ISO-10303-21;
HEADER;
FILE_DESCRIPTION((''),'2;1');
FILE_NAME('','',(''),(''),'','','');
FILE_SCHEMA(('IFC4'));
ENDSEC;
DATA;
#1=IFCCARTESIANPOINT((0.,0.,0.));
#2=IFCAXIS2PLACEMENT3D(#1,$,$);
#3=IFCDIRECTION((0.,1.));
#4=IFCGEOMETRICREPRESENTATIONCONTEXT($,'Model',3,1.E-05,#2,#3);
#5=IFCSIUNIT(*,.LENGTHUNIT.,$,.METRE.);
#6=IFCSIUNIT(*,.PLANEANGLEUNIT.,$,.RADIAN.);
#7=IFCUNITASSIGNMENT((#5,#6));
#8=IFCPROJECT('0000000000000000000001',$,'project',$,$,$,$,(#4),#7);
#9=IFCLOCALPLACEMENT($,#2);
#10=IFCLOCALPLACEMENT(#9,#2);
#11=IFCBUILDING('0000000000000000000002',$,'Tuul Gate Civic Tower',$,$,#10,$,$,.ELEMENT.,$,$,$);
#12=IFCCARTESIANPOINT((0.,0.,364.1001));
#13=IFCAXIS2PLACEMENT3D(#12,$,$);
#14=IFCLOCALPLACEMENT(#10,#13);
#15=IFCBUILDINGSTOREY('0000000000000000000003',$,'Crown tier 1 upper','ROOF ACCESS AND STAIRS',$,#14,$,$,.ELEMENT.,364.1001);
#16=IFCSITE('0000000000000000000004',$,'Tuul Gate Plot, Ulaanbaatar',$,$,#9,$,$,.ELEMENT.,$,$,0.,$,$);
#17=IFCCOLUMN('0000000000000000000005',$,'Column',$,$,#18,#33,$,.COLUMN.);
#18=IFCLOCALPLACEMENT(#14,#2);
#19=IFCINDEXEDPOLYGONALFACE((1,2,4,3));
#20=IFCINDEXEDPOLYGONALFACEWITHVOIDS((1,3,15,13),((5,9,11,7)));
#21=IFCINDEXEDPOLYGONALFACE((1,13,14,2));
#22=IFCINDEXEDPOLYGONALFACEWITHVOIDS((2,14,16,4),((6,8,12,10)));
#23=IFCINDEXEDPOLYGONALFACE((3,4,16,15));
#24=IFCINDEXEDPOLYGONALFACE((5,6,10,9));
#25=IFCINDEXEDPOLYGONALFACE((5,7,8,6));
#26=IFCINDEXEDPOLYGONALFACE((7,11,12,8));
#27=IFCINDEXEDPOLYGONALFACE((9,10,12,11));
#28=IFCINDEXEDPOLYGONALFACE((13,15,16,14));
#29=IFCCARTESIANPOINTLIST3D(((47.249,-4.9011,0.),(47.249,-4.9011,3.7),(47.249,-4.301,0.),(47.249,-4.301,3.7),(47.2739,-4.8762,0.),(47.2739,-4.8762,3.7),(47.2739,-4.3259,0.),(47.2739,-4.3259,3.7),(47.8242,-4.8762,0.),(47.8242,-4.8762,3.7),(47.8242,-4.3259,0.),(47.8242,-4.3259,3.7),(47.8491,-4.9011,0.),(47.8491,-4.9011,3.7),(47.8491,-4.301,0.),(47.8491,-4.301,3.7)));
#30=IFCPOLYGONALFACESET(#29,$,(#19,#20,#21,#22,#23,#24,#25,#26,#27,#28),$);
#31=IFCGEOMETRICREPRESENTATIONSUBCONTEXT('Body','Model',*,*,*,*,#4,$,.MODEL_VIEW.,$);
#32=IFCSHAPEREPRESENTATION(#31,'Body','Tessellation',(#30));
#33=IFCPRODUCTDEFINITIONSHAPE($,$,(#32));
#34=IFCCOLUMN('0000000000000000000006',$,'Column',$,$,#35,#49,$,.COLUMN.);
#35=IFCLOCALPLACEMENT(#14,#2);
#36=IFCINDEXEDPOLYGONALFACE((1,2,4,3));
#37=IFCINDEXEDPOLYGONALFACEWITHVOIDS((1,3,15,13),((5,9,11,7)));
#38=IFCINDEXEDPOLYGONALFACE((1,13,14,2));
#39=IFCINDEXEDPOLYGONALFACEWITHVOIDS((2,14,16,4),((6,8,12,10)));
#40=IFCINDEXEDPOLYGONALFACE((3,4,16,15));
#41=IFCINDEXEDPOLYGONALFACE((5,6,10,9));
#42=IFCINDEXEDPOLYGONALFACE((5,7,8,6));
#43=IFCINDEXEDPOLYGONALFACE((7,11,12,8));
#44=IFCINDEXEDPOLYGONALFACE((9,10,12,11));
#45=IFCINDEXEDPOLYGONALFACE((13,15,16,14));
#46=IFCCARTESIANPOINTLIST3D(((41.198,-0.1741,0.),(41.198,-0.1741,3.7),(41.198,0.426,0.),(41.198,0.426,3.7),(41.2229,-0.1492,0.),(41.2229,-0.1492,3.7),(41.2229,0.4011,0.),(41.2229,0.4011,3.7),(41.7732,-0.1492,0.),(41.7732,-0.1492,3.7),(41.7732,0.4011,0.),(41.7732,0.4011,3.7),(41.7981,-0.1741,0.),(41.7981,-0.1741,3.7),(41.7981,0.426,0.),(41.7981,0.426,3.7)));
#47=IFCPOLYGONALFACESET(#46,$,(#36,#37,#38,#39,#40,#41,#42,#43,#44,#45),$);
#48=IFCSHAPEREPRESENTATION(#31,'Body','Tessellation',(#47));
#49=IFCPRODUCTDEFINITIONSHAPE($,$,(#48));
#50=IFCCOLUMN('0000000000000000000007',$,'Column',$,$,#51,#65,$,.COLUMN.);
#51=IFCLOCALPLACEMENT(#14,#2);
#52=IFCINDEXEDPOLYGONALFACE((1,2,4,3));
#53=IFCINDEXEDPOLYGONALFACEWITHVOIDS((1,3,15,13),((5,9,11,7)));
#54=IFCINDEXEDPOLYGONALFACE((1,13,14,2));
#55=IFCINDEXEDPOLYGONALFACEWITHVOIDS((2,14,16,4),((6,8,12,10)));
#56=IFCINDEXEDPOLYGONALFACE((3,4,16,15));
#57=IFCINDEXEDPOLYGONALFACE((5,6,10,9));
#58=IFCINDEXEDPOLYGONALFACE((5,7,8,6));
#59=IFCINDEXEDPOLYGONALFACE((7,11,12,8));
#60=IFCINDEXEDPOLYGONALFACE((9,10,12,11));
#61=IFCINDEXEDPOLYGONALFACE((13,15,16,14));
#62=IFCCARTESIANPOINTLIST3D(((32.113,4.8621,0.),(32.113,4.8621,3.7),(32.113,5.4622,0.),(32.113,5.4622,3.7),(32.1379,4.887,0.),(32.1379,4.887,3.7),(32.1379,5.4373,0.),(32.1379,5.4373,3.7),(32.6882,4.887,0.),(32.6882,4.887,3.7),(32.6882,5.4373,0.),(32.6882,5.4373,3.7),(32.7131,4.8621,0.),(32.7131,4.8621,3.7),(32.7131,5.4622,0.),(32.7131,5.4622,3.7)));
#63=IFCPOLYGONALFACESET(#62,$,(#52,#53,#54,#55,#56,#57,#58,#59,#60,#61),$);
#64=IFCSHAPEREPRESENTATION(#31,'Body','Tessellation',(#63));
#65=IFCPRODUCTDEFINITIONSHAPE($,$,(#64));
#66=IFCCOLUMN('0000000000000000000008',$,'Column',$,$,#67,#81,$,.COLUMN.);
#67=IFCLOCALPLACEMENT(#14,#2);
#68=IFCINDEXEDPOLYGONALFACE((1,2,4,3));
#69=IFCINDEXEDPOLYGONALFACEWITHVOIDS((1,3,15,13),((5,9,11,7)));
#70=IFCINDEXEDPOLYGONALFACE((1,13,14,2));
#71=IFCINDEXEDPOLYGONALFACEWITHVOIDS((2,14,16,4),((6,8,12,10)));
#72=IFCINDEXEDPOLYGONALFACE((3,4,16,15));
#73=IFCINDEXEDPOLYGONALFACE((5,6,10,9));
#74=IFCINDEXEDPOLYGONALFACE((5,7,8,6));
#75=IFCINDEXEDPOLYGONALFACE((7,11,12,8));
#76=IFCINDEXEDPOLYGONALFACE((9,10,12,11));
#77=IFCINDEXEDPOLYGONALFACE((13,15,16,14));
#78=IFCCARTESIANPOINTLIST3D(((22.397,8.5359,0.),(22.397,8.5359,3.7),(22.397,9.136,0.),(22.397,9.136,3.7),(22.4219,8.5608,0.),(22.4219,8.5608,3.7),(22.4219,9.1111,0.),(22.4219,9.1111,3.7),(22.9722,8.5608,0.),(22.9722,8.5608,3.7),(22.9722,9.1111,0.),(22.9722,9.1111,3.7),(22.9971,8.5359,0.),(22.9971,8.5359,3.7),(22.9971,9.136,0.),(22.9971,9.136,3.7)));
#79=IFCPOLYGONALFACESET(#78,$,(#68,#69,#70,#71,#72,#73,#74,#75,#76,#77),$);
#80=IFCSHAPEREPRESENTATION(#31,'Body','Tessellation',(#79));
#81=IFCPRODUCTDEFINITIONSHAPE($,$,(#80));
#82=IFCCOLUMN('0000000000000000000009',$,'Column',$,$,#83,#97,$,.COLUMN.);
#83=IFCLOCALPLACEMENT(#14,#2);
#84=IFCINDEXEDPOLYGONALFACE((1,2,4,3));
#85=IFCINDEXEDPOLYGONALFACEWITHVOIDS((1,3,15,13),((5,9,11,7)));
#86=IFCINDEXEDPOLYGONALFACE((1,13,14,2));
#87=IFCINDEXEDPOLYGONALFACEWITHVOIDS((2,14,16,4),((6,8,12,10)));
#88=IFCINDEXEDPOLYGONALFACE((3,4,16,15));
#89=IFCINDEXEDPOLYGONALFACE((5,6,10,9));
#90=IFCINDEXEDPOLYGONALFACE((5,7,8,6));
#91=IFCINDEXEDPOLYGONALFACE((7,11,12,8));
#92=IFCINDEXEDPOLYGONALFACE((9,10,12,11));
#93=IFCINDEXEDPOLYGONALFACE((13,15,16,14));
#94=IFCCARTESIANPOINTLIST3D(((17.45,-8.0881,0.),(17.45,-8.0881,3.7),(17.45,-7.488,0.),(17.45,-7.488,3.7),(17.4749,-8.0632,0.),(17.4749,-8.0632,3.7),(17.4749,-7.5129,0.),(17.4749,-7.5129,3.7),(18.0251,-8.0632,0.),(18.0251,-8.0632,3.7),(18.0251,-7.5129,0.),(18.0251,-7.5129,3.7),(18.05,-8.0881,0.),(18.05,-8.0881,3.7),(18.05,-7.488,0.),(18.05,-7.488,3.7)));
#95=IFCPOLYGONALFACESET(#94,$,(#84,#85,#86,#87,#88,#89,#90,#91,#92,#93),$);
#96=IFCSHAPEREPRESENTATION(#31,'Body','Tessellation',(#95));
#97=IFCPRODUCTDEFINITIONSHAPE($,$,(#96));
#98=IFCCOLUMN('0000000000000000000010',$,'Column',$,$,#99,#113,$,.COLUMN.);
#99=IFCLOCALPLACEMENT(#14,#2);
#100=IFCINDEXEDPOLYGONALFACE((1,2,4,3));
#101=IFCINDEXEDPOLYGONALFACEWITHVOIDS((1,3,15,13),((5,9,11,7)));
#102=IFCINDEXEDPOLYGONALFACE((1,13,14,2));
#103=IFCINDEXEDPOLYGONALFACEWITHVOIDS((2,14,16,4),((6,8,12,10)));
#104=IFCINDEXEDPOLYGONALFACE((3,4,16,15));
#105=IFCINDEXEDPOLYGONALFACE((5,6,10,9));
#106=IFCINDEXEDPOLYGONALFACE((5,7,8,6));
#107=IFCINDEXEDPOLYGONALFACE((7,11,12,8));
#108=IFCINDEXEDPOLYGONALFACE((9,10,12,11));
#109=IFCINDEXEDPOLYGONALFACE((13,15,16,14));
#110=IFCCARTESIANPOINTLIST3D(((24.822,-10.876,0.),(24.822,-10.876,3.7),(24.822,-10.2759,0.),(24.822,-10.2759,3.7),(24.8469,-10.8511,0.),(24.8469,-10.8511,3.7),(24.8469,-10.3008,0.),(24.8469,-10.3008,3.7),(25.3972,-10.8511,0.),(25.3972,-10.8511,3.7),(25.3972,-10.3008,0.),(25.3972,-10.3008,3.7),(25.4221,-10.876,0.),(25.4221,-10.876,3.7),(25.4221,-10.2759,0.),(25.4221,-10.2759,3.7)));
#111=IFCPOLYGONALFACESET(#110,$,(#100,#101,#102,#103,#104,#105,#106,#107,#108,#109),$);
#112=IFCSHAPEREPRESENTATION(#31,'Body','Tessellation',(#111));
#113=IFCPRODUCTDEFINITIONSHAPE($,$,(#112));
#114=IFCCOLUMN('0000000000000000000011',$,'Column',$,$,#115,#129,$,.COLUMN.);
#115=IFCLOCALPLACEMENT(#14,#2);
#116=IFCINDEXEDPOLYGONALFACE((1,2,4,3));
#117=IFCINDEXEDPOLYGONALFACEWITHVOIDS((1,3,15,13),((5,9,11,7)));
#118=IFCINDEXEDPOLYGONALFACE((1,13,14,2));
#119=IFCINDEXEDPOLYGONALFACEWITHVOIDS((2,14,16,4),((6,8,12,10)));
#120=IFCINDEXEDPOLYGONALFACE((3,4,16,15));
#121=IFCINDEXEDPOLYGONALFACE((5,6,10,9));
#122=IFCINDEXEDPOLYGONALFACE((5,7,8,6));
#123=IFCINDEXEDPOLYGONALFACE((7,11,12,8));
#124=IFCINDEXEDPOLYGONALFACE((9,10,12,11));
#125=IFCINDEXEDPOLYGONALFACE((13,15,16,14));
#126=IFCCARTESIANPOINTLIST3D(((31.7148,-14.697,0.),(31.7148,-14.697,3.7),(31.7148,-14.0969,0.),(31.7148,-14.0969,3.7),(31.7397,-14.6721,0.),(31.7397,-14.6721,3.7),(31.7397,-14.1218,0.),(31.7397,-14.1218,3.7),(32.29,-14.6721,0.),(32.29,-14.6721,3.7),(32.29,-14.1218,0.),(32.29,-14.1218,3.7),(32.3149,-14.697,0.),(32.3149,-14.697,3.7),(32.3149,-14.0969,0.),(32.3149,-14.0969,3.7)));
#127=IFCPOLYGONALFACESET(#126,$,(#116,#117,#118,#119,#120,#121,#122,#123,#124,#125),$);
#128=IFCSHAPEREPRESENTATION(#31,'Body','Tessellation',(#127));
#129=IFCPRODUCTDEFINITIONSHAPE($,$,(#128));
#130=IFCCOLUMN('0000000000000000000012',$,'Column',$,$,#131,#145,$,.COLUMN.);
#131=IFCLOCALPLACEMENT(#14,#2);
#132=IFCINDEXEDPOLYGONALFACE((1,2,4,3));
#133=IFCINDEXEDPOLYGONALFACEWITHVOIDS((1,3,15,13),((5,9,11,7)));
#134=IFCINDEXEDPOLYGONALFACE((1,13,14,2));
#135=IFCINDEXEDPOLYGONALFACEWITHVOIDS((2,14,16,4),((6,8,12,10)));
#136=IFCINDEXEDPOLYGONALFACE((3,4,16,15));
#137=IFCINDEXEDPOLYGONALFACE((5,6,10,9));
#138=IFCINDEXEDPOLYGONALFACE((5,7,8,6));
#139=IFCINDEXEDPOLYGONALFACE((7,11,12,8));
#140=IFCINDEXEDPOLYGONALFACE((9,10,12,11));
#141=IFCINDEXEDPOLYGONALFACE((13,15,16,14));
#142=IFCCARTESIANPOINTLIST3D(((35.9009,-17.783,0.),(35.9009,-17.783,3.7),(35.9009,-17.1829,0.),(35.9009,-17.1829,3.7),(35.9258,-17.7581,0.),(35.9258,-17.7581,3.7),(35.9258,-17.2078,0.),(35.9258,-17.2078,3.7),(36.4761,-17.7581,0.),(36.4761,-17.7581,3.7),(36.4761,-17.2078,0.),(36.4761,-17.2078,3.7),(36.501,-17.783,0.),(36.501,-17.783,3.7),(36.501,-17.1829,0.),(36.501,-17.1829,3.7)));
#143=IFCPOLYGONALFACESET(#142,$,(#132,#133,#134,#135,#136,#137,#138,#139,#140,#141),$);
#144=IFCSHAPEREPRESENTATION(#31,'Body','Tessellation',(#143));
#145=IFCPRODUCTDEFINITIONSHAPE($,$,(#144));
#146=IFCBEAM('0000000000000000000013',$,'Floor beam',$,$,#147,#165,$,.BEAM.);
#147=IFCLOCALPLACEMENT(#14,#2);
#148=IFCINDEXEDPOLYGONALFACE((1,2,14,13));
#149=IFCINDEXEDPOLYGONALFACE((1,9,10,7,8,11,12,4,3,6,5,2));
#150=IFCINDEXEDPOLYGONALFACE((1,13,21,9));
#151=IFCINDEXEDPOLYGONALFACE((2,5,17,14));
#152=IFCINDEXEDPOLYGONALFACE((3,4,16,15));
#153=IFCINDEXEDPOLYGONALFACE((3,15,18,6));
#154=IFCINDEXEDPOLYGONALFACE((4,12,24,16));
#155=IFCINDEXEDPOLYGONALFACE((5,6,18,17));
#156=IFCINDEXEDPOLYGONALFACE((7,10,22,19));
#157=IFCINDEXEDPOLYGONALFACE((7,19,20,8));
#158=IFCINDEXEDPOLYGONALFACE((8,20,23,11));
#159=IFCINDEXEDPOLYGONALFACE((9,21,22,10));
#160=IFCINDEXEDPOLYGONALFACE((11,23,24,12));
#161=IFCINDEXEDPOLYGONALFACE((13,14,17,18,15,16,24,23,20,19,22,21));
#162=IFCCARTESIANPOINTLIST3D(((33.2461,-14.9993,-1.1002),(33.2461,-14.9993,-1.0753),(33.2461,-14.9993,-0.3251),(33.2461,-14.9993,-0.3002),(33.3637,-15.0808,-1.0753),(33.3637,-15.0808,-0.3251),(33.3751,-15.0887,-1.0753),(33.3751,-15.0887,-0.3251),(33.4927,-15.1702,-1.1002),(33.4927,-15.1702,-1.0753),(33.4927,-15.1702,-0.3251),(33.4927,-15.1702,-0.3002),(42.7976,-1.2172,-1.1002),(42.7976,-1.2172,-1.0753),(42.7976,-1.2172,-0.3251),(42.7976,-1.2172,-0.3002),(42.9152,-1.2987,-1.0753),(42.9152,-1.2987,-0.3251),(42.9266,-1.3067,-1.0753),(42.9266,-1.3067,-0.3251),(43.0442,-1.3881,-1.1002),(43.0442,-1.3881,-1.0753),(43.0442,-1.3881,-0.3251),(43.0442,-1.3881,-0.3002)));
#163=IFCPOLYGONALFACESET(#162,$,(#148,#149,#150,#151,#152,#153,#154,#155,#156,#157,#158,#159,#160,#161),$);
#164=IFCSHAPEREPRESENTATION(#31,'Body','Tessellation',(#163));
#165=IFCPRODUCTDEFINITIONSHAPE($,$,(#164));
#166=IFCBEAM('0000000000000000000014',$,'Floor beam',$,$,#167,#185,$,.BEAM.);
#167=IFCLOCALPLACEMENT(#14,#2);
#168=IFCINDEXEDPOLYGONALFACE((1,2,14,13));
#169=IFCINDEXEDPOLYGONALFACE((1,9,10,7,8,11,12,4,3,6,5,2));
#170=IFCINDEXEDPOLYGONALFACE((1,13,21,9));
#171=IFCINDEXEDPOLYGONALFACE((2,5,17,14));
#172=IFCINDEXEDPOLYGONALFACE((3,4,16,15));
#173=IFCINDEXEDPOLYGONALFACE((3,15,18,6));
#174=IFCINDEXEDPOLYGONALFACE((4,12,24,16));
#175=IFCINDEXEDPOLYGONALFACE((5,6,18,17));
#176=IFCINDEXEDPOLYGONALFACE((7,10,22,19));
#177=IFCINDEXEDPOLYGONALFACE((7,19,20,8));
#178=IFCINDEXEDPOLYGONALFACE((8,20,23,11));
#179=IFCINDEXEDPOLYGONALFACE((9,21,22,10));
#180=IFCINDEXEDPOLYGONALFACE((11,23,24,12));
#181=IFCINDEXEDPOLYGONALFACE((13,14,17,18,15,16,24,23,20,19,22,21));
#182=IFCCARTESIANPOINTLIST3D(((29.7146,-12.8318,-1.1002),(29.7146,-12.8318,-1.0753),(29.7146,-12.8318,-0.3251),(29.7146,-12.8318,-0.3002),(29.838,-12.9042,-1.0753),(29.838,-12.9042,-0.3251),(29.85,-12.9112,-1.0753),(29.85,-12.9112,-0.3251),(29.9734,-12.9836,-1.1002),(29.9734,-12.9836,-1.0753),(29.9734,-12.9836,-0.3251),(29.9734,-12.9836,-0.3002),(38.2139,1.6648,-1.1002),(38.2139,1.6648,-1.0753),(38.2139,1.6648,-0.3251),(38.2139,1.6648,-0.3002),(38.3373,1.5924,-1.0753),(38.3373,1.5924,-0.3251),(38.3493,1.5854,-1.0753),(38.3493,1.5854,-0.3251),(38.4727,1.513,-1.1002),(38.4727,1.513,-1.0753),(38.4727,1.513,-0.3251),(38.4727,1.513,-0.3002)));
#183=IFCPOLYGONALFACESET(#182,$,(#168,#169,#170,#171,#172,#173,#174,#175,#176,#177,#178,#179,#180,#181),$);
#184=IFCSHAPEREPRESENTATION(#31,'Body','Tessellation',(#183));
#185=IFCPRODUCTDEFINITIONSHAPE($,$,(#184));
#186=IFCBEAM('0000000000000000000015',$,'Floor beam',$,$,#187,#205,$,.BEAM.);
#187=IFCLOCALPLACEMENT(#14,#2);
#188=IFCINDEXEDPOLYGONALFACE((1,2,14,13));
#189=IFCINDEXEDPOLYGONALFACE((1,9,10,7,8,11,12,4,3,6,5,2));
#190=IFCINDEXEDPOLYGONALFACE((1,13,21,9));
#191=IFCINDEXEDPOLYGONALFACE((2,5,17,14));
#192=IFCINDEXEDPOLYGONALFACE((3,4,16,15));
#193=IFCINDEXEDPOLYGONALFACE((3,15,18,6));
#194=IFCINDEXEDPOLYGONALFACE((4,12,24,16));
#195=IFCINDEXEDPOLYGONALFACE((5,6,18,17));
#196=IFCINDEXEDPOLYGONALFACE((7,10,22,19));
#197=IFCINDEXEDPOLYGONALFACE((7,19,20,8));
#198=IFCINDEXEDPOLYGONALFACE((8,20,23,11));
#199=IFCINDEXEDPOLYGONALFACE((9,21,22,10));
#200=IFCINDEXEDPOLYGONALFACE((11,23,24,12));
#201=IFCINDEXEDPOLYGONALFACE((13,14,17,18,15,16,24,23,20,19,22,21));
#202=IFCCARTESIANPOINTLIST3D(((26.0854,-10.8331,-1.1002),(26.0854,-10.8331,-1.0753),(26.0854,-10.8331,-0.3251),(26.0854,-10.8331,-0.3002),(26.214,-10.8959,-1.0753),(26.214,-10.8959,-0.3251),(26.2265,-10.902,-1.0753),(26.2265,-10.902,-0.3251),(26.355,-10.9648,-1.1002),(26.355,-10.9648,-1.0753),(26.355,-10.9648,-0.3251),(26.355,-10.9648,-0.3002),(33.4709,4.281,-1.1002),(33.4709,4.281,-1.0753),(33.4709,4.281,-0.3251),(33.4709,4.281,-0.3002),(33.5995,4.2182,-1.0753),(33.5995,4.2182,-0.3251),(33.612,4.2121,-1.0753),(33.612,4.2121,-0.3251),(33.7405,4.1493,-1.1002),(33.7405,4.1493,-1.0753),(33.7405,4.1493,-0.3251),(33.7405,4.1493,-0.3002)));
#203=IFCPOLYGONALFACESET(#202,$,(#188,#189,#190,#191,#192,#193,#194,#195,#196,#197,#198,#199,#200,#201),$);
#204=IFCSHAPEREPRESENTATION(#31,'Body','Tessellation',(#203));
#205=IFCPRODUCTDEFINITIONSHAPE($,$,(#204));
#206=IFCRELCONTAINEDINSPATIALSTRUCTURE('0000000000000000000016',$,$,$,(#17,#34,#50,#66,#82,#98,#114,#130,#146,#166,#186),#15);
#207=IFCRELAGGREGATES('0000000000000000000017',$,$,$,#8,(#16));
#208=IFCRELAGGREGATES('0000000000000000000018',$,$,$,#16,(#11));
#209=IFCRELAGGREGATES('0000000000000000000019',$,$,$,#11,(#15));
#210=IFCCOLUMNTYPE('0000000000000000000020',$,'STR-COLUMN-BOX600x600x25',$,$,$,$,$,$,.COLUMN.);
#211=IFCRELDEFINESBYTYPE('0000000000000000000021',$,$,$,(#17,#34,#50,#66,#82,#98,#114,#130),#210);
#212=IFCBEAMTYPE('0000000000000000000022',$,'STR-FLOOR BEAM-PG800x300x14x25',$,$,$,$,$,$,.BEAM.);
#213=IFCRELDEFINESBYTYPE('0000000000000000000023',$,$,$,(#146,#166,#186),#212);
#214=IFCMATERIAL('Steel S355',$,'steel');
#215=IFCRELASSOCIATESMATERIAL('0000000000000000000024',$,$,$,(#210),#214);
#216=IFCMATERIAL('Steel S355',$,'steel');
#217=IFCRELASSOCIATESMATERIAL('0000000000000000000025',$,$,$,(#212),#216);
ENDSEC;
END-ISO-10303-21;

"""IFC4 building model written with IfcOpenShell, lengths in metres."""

from ifc_helpers import new_model, si_unit, direction, frame, origin, origin_2d, place, context, subcontext, project, spatial, hollow_rectangle, i_section, extrude, material, material_profile, profile_set, type_object, element, save


model = new_model("IFC4")

# Units and contexts
model_context = context("Model", 3, precision=1e-05, world=origin(), true_north=direction((0.0, 1.0)))
body_context = subcontext(model_context, "Body", "Model", "MODEL_VIEW")
ifc_project = project(units=[si_unit("LENGTHUNIT", "METRE"), si_unit("PLANEANGLEUNIT", "RADIAN")], contexts=[model_context])

# Site, building, storey
site_placement = place(None, origin())
site = spatial("IfcSite", under=ifc_project, at=site_placement, Name="Tuul Gate Plot, Ulaanbaatar", CompositionType="ELEMENT", RefElevation=0.0)
building_placement = place(site_placement, origin())
building = spatial("IfcBuilding", under=site, at=building_placement, Name="Tuul Gate Civic Tower", CompositionType="ELEMENT")
storey_placement = place(building_placement, frame((0.0, 0.0, 364.1001)))
storey = spatial("IfcBuildingStorey", under=building, at=storey_placement, Name="Crown tier 1 upper", Description="ROOF ACCESS AND STAIRS", CompositionType="ELEMENT", Elevation=364.1001)

# Columns
ifc_material_1 = material(Name="Steel S355", Category="steel")
ifc_material_profile_1 = material_profile(ifc_material_1, hollow_rectangle(XDim=0.6001, YDim=0.6001, WallThickness=0.0249, at=origin_2d()), Name="BOX600x600x25")
ifc_profile_set_1 = profile_set([ifc_material_profile_1], Name="Steel S355")
column_type = type_object("IfcColumnType", Name="STR-COLUMN-BOX600x600x25", PredefinedType="COLUMN", material=ifc_profile_set_1)
for number, where, z_axis, x_axis, name in (
    (1, (47.5491, -4.6011, 0.0), (0.0, 0.0, 1.0), (1.0, 0.0, 0.0), "Column"),
    (2, (41.498, 0.126, 0.0), (0.0, 0.0, 1.0), (1.0, 0.0, 0.0), "Column"),
    (3, (32.4131, 5.1621, 0.0), (0.0, 0.0, 1.0), (1.0, 0.0, 0.0), "Column"),
    (4, (22.697, 8.8359, 0.0), (0.0, 0.0, 1.0), (1.0, 0.0, 0.0), "Column"),
    (5, (17.75, -7.7881, 0.0), (0.0, 0.0, 1.0), (1.0, 0.0, 0.0), "Column"),
    (6, (25.1221, -10.5759, 0.0), (0.0, 0.0, 1.0), (1.0, 0.0, 0.0), "Column"),
    (7, (32.0149, -14.397, 0.0), (0.0, 0.0, 1.0), (1.0, 0.0, 0.0), "Column"),
    (8, (36.2009, -17.4829, 0.0), (0.0, 0.0, 1.0), (1.0, 0.0, 0.0), "Column"),
):
    element("IfcColumn", number, at=place(storey_placement, frame(where, z_axis=z_axis, x_axis=x_axis)), inside=storey, type_object=column_type, Name=name, PredefinedType="COLUMN", context=body_context, shape_type="SweptSolid", body=[
        extrude(hollow_rectangle(XDim=0.6001, YDim=0.6001, WallThickness=0.0249, at=origin_2d()), origin(), (0.0, 0.0, 1.0), 3.7),
    ])

# Beams
ifc_material_2 = material(Name="Steel S355", Category="steel")
ifc_material_profile_2 = material_profile(ifc_material_2, i_section(OverallWidth=0.3, OverallDepth=0.8, WebThickness=0.0139, FlangeThickness=0.0249, at=origin_2d()), Name="PG800x300x14x25")
ifc_profile_set_2 = profile_set([ifc_material_profile_2], Name="Steel S355")
beam_type_1 = type_object("IfcBeamType", Name="STR-FLOOR BEAM-PG800x300x14x25", PredefinedType="BEAM", material=ifc_profile_set_2)
beam_1_placement = place(storey_placement, frame((33.3694, -15.0847, -0.7002), z_axis=(0.569619, 0.821909, 0.0), x_axis=(-0.821909, 0.569619, 0.0)))
element("IfcBeam", 9, at=beam_1_placement, inside=storey, type_object=beam_type_1, Name="Floor beam", PredefinedType="BEAM", context=body_context, shape_type="SweptSolid", body=[
    extrude(i_section(OverallWidth=0.3, OverallDepth=0.8, WebThickness=0.0139, FlangeThickness=0.0249, at=origin_2d()), origin(), (0.0, 0.0, 1.0), 16.7683),
])
beam_2_placement = place(storey_placement, frame((29.844, -12.9077, -0.7002), z_axis=(0.505776, 0.862665, 0.0), x_axis=(-0.862665, 0.505776, 0.0)))
element("IfcBeam", 10, at=beam_2_placement, inside=storey, type_object=beam_type_1, Name="Floor beam", PredefinedType="BEAM", context=body_context, shape_type="SweptSolid", body=[
    extrude(i_section(OverallWidth=0.3, OverallDepth=0.8, WebThickness=0.0139, FlangeThickness=0.0249, at=origin_2d()), origin(), (0.0, 0.0, 1.0), 16.8044),
])
beam_3_placement = place(storey_placement, frame((26.2202, -10.8989, -0.7002), z_axis=(0.439039, 0.898468, 0.0), x_axis=(-0.898468, 0.439039, 0.0)))
element("IfcBeam", 11, at=beam_3_placement, inside=storey, type_object=beam_type_1, Name="Floor beam", PredefinedType="BEAM", context=body_context, shape_type="SweptSolid", body=[
    extrude(i_section(OverallWidth=0.3, OverallDepth=0.8, WebThickness=0.0139, FlangeThickness=0.0249, at=origin_2d()), origin(), (0.0, 0.0, 1.0), 16.822),
])

save(model, "model.ifc")
